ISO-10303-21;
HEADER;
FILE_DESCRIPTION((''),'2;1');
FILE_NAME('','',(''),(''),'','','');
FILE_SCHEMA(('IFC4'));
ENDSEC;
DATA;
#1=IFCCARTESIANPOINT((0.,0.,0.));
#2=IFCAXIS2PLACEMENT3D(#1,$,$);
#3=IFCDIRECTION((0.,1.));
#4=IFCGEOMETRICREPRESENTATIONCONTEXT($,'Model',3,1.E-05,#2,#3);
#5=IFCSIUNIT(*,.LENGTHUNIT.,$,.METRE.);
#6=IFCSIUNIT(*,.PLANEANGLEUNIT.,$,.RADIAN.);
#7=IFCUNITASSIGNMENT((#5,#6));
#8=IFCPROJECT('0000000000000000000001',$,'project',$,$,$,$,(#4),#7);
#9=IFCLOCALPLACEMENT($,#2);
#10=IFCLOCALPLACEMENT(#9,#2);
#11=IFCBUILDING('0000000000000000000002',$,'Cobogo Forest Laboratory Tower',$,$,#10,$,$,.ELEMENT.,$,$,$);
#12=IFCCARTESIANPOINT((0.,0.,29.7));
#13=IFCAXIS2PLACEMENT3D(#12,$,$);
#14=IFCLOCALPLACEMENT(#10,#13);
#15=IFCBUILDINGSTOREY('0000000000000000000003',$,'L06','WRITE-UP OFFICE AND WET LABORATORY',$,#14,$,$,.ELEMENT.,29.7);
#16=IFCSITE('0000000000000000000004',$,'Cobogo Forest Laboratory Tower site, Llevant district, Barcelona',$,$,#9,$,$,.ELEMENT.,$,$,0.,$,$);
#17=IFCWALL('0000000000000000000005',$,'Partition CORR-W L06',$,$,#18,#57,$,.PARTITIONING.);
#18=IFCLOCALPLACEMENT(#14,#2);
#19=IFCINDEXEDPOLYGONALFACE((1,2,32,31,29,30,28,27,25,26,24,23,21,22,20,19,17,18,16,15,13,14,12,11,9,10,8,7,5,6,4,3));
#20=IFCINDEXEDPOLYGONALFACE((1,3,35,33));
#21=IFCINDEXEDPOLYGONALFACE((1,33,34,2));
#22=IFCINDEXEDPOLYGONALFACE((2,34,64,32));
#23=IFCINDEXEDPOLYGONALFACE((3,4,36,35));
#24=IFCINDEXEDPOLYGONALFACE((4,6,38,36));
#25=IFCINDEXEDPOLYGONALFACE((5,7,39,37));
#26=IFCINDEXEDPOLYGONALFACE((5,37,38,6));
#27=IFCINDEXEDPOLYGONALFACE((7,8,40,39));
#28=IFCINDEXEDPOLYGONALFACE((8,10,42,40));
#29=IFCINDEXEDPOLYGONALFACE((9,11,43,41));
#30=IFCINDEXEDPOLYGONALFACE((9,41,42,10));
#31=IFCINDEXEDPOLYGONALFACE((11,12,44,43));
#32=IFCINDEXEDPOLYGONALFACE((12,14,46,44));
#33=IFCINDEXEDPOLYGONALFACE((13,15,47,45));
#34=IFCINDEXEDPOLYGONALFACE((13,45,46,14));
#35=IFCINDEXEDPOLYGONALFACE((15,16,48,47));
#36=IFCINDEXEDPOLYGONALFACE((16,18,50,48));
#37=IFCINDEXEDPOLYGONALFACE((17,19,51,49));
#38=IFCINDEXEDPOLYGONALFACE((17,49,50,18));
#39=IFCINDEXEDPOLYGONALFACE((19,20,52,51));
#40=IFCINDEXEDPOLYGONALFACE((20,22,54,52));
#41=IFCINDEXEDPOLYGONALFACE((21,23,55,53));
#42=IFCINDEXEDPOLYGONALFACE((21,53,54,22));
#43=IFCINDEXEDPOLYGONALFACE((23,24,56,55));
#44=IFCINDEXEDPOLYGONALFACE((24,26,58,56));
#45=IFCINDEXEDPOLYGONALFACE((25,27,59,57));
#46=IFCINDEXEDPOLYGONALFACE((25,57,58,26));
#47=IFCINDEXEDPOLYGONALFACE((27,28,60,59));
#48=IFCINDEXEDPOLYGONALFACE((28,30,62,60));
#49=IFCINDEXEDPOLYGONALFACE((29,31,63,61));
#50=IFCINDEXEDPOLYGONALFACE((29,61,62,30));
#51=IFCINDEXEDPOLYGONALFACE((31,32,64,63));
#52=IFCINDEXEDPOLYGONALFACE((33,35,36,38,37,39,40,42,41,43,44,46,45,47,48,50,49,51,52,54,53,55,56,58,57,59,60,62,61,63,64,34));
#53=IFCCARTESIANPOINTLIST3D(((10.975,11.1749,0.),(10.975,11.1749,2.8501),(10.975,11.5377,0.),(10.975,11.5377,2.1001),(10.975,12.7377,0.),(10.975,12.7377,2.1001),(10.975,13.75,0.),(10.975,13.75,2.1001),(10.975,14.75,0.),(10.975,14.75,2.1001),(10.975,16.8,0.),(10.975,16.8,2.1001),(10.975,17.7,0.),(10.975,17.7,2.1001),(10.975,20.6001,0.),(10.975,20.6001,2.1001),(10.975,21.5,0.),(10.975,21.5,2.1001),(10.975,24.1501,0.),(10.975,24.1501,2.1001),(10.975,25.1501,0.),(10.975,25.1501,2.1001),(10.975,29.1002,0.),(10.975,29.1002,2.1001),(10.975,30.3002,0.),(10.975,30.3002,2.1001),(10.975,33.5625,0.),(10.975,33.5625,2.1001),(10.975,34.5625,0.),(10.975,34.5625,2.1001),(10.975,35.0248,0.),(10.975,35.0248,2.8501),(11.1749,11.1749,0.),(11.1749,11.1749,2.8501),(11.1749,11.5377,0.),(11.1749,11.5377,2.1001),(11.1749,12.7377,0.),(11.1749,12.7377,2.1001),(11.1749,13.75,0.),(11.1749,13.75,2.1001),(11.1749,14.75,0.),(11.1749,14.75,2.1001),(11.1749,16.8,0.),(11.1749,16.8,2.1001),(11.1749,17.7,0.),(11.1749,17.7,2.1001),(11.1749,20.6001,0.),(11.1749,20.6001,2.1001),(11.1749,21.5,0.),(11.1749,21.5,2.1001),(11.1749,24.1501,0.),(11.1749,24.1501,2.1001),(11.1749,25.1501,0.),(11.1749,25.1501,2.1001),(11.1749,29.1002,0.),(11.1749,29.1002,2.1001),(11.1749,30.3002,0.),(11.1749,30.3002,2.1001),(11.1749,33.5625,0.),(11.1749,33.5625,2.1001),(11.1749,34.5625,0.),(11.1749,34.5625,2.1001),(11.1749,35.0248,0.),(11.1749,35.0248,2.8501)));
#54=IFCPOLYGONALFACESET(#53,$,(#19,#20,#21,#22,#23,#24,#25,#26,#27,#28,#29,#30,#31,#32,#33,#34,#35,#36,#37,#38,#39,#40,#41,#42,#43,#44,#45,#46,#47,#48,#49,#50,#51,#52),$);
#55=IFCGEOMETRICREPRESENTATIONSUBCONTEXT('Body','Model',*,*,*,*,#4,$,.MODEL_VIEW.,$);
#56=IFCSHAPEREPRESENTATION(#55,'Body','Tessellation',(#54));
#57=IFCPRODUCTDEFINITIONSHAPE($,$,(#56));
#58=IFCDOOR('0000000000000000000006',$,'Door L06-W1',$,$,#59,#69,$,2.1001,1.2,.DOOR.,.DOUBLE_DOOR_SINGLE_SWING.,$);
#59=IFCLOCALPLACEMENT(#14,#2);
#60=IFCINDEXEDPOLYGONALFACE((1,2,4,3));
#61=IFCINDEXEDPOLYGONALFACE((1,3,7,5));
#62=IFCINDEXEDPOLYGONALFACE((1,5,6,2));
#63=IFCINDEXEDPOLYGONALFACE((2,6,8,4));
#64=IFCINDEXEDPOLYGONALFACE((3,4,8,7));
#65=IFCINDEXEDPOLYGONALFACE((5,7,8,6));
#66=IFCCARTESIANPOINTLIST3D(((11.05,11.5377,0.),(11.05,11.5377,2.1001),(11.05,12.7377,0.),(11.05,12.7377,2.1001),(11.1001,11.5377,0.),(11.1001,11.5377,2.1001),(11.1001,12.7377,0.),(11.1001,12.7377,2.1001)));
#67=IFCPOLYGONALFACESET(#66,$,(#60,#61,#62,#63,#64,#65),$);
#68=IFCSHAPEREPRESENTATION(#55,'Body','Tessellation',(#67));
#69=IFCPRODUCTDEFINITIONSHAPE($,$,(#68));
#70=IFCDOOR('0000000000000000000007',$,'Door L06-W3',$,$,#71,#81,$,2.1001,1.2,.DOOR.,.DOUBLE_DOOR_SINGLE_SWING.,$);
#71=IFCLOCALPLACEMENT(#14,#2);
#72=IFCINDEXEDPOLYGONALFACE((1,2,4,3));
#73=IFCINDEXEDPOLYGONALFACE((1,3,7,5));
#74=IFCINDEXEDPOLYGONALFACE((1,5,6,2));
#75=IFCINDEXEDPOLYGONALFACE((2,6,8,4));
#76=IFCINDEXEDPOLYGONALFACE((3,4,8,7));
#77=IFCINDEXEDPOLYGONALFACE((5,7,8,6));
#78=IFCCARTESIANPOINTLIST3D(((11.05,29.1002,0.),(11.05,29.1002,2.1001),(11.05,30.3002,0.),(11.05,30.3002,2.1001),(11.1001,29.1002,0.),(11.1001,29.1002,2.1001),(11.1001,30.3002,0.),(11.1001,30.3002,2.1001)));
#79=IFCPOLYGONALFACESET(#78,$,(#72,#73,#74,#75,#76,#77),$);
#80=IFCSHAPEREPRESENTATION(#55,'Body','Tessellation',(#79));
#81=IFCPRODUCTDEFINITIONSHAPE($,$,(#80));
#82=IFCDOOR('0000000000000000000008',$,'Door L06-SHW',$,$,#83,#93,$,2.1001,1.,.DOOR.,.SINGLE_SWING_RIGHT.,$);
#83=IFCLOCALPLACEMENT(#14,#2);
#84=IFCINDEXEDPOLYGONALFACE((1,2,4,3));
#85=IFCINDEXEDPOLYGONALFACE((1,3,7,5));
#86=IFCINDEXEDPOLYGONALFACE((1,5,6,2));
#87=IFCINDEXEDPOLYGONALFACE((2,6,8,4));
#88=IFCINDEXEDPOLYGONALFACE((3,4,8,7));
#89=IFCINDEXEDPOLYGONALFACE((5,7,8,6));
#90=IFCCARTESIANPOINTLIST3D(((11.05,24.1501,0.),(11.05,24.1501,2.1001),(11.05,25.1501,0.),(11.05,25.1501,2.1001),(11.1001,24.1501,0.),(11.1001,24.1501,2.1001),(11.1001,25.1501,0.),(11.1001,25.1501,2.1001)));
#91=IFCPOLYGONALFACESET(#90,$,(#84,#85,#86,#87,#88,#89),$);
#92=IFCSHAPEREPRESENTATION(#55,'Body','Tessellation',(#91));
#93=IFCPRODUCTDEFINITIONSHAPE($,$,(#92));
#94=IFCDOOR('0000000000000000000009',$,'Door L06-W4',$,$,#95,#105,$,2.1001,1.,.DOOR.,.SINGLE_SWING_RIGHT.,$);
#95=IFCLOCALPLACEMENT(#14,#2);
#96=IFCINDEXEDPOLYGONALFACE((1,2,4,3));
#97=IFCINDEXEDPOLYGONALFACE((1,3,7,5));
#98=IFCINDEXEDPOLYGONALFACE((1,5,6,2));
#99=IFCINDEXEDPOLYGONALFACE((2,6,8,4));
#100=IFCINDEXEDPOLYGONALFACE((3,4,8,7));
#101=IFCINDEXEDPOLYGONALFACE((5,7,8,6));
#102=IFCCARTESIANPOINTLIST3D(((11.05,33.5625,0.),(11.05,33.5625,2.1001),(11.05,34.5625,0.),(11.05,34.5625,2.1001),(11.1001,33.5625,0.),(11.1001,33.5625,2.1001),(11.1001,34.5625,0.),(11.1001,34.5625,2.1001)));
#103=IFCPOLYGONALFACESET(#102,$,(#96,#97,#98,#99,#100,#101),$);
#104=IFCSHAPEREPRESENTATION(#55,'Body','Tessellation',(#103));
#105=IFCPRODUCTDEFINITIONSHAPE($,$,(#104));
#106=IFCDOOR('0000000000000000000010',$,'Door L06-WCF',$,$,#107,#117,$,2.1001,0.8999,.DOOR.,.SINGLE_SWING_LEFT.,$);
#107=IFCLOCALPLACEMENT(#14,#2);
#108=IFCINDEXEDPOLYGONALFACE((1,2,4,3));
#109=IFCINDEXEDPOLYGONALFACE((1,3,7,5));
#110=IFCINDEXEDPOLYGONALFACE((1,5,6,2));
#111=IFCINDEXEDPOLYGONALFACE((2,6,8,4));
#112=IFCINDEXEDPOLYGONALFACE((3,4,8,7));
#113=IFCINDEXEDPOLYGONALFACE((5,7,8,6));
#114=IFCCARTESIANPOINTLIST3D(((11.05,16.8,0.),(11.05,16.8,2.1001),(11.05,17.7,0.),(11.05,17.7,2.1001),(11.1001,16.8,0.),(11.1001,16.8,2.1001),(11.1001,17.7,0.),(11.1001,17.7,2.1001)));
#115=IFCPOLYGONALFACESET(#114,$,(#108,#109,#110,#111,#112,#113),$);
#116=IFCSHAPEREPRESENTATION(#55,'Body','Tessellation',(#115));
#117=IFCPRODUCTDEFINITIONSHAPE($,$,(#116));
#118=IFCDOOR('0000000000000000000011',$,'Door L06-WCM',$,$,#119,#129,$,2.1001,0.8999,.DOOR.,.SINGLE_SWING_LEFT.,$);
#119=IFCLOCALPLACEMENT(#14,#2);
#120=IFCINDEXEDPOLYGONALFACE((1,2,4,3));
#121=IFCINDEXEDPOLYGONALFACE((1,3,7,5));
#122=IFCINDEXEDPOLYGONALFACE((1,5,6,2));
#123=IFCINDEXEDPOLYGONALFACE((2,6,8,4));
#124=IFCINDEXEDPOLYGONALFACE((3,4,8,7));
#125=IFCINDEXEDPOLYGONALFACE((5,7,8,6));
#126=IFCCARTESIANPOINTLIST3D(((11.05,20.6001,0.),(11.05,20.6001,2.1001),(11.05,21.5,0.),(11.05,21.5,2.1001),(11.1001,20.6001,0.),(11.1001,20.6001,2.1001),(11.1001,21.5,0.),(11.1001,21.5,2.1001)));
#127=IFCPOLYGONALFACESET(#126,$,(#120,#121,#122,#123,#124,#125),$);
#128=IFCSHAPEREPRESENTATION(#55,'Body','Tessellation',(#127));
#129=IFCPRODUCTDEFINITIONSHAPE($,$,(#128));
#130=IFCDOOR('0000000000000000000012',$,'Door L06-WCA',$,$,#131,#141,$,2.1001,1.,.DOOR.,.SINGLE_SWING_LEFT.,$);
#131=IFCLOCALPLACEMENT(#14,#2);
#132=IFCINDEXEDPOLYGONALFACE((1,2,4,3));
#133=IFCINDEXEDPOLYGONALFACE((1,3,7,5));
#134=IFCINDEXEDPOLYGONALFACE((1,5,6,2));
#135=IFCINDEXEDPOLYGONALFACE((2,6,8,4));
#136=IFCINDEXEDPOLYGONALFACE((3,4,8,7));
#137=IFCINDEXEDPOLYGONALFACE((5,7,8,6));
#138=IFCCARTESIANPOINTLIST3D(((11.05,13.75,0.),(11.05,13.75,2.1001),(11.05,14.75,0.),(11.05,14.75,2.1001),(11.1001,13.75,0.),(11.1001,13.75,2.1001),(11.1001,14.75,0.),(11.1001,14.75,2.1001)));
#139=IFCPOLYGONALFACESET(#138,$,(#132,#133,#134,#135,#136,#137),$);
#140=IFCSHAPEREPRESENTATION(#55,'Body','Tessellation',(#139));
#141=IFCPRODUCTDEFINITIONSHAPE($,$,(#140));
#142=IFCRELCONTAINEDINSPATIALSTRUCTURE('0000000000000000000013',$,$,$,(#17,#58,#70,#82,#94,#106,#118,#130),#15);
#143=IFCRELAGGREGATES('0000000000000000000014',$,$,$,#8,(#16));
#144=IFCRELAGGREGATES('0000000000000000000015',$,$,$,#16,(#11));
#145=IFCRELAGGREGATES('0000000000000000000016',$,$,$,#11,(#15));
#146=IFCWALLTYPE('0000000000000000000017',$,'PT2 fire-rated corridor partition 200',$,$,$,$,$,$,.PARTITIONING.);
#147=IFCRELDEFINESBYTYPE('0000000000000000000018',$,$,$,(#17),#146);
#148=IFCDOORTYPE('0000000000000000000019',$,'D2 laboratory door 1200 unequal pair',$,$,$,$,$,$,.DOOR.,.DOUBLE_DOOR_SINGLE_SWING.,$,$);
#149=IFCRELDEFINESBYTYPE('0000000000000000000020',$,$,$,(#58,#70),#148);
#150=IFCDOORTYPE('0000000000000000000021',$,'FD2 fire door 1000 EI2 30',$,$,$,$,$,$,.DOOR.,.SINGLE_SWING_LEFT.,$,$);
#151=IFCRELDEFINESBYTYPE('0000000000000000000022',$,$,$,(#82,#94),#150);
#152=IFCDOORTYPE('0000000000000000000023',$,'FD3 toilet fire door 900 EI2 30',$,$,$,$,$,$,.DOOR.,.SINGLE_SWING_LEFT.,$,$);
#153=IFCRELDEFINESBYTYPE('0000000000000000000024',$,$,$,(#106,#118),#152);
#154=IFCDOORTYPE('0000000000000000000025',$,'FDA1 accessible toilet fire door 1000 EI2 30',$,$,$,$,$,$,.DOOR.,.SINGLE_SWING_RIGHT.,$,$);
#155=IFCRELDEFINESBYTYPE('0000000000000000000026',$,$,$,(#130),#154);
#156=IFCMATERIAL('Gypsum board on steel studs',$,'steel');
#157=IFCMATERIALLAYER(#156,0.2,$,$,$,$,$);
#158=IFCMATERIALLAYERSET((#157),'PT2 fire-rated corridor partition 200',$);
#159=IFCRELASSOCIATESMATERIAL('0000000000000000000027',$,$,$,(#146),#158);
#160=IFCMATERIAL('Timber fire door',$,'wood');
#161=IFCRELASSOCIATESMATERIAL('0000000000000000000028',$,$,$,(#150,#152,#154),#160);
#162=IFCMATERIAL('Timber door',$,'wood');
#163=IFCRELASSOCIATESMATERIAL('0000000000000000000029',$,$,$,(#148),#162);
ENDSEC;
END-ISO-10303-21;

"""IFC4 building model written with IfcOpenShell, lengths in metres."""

from ifc_helpers import new_model, si_unit, direction, frame, frame_2d, origin, place, context, subcontext, project, spatial, rectangle, extrude, material, layer, layer_set, type_object, element, fill, save


model = new_model("IFC4")

# Units and contexts
model_context = context("Model", 3, precision=1e-05, world=origin(), true_north=direction((0.0, 1.0)))
body_context = subcontext(model_context, "Body", "Model", "MODEL_VIEW")
ifc_project = project(units=[si_unit("LENGTHUNIT", "METRE"), si_unit("PLANEANGLEUNIT", "RADIAN")], contexts=[model_context])

# Site, building, storey
site_placement = place(None, origin())
site = spatial("IfcSite", under=ifc_project, at=site_placement, Name="Cobogo Forest Laboratory Tower site, Llevant district, Barcelona", CompositionType="ELEMENT", RefElevation=0.0)
building_placement = place(site_placement, origin())
building = spatial("IfcBuilding", under=site, at=building_placement, Name="Cobogo Forest Laboratory Tower", CompositionType="ELEMENT")
storey_placement = place(building_placement, frame((0.0, 0.0, 29.7)))
storey = spatial("IfcBuildingStorey", under=building, at=storey_placement, Name="L06", Description="WRITE-UP OFFICE AND WET LABORATORY", CompositionType="ELEMENT", Elevation=29.7)

# Wall, openings, doors
ifc_material_1 = material(Name="Gypsum board on steel studs", Category="steel")
ifc_layer_1 = layer(ifc_material_1, 0.2)
ifc_layer_set_1 = layer_set([ifc_layer_1], Name="PT2 fire-rated corridor partition 200")
wall_type = type_object("IfcWallType", Name="PT2 fire-rated corridor partition 200", PredefinedType="PARTITIONING", material=ifc_layer_set_1)
ifc_material_2 = material(Name="Timber fire door", Category="wood")
door_type_1 = type_object("IfcDoorType", Name="FD2 fire door 1000 EI2 30", OperationType="SINGLE_SWING_LEFT", PredefinedType="DOOR", material=ifc_material_2)
wall_1_placement = place(storey_placement, frame((11.075, 11.175, 0.0), z_axis=(0.0, 0.0, 1.0), x_axis=(0.0, 1.0, 0.0)))
wall_1 = element("IfcWall", 1, at=wall_1_placement, inside=storey, type_object=wall_type, Name="Partition CORR-W L06", PredefinedType="PARTITIONING", context=body_context, shape_type="SweptSolid", body=[
    extrude(rectangle(XDim=23.8499, YDim=0.2, at=frame_2d((11.9248, 0.0))), origin(), (0.0, 0.0, 1.0), 2.8501),
])
opening_1_placement = place(wall_1_placement, frame((0.3625, 0.0, 0.0)))
opening_1 = element("IfcOpeningElement", 2, at=opening_1_placement, cuts=wall_1, PredefinedType="OPENING", context=body_context, shape_type="SweptSolid", body=[
    extrude(rectangle(XDim=1.2, YDim=2.1001, at=frame_2d((0.6001, 1.05))), frame((0.0, 0.1099, 0.0), z_axis=(0.0, -1.0, 0.0), x_axis=(1.0, 0.0, 0.0)), (0.0, 0.0, 1.0), 0.22),
])
opening_2_placement = place(wall_1_placement, frame((2.575, 0.0, 0.0)))
opening_2 = element("IfcOpeningElement", 3, at=opening_2_placement, cuts=wall_1, PredefinedType="OPENING", context=body_context, shape_type="SweptSolid", body=[
    extrude(rectangle(XDim=1.0, YDim=2.1001, at=frame_2d((0.5, 1.05))), frame((0.0, 0.1099, 0.0), z_axis=(0.0, -1.0, 0.0), x_axis=(1.0, 0.0, 0.0)), (0.0, 0.0, 1.0), 0.22),
])
opening_3_placement = place(wall_1_placement, frame((5.625, 0.0, 0.0)))
opening_3 = element("IfcOpeningElement", 4, at=opening_3_placement, cuts=wall_1, PredefinedType="OPENING", context=body_context, shape_type="SweptSolid", body=[
    extrude(rectangle(XDim=0.8999, YDim=2.1001, at=frame_2d((0.45, 1.05))), frame((0.0, 0.1099, 0.0), z_axis=(0.0, -1.0, 0.0), x_axis=(1.0, 0.0, 0.0)), (0.0, 0.0, 1.0), 0.22),
])
opening_4_placement = place(wall_1_placement, frame((9.425, 0.0, 0.0)))
opening_4 = element("IfcOpeningElement", 5, at=opening_4_placement, cuts=wall_1, PredefinedType="OPENING", context=body_context, shape_type="SweptSolid", body=[
    extrude(rectangle(XDim=0.8999, YDim=2.1001, at=frame_2d((0.45, 1.05))), frame((0.0, 0.1099, 0.0), z_axis=(0.0, -1.0, 0.0), x_axis=(1.0, 0.0, 0.0)), (0.0, 0.0, 1.0), 0.22),
])
opening_5_placement = place(wall_1_placement, frame((12.9751, 0.0, 0.0)))
opening_5 = element("IfcOpeningElement", 6, at=opening_5_placement, cuts=wall_1, PredefinedType="OPENING", context=body_context, shape_type="SweptSolid", body=[
    extrude(rectangle(XDim=1.0, YDim=2.1001, at=frame_2d((0.5, 1.05))), frame((0.0, 0.1099, 0.0), z_axis=(0.0, -1.0, 0.0), x_axis=(1.0, 0.0, 0.0)), (0.0, 0.0, 1.0), 0.22),
])
opening_6_placement = place(wall_1_placement, frame((17.925, 0.0, 0.0)))
opening_6 = element("IfcOpeningElement", 7, at=opening_6_placement, cuts=wall_1, PredefinedType="OPENING", context=body_context, shape_type="SweptSolid", body=[
    extrude(rectangle(XDim=1.2, YDim=2.1001, at=frame_2d((0.6001, 1.05))), frame((0.0, 0.1099, 0.0), z_axis=(0.0, -1.0, 0.0), x_axis=(1.0, 0.0, 0.0)), (0.0, 0.0, 1.0), 0.22),
])
opening_7_placement = place(wall_1_placement, frame((22.3875, 0.0, 0.0)))
opening_7 = element("IfcOpeningElement", 8, at=opening_7_placement, cuts=wall_1, PredefinedType="OPENING", context=body_context, shape_type="SweptSolid", body=[
    extrude(rectangle(XDim=1.0, YDim=2.1001, at=frame_2d((0.5, 1.05))), frame((0.0, 0.1099, 0.0), z_axis=(0.0, -1.0, 0.0), x_axis=(1.0, 0.0, 0.0)), (0.0, 0.0, 1.0), 0.22),
])
ifc_material_3 = material(Name="Timber door", Category="wood")
door_type_2 = type_object("IfcDoorType", Name="D2 laboratory door 1200 unequal pair", OperationType="DOUBLE_DOOR_SINGLE_SWING", PredefinedType="DOOR", material=ifc_material_3)
door_1_placement = place(opening_1_placement, origin())
door_1 = element("IfcDoor", 9, at=door_1_placement, inside=storey, type_object=door_type_2, Name="Door L06-W1", OperationType="DOUBLE_DOOR_SINGLE_SWING", OverallHeight=2.1001, OverallWidth=1.2, PredefinedType="DOOR", context=body_context, shape_type="SweptSolid", body=[
    extrude(rectangle(XDim=1.2, YDim=2.1001, at=frame_2d((0.6001, 1.05))), frame((0.0, 0.0249, 0.0), z_axis=(0.0, -1.0, 0.0), x_axis=(1.0, 0.0, 0.0)), (0.0, 0.0, 1.0), 0.05),
])
fill(opening_1, door_1)
door_2_placement = place(opening_6_placement, origin())
door_2 = element("IfcDoor", 10, at=door_2_placement, inside=storey, type_object=door_type_2, Name="Door L06-W3", OperationType="DOUBLE_DOOR_SINGLE_SWING", OverallHeight=2.1001, OverallWidth=1.2, PredefinedType="DOOR", context=body_context, shape_type="SweptSolid", body=[
    extrude(rectangle(XDim=1.2, YDim=2.1001, at=frame_2d((0.6001, 1.05))), frame((0.0, 0.0249, 0.0), z_axis=(0.0, -1.0, 0.0), x_axis=(1.0, 0.0, 0.0)), (0.0, 0.0, 1.0), 0.05),
])
fill(opening_6, door_2)
door_3_placement = place(opening_5_placement, origin())
door_3 = element("IfcDoor", 11, at=door_3_placement, inside=storey, type_object=door_type_1, Name="Door L06-SHW", OperationType="SINGLE_SWING_RIGHT", OverallHeight=2.1001, OverallWidth=1.0, PredefinedType="DOOR", context=body_context, shape_type="SweptSolid", body=[
    extrude(rectangle(XDim=1.0, YDim=2.1001, at=frame_2d((0.5, 1.05))), frame((0.0, 0.0249, 0.0), z_axis=(0.0, -1.0, 0.0), x_axis=(1.0, 0.0, 0.0)), (0.0, 0.0, 1.0), 0.05),
])
fill(opening_5, door_3)
door_4_placement = place(opening_7_placement, origin())
door_4 = element("IfcDoor", 12, at=door_4_placement, inside=storey, type_object=door_type_1, Name="Door L06-W4", OperationType="SINGLE_SWING_RIGHT", OverallHeight=2.1001, OverallWidth=1.0, PredefinedType="DOOR", context=body_context, shape_type="SweptSolid", body=[
    extrude(rectangle(XDim=1.0, YDim=2.1001, at=frame_2d((0.5, 1.05))), frame((0.0, 0.0249, 0.0), z_axis=(0.0, -1.0, 0.0), x_axis=(1.0, 0.0, 0.0)), (0.0, 0.0, 1.0), 0.05),
])
fill(opening_7, door_4)
door_type_3 = type_object("IfcDoorType", Name="FD3 toilet fire door 900 EI2 30", OperationType="SINGLE_SWING_LEFT", PredefinedType="DOOR", material=ifc_material_2)
door_5_placement = place(opening_3_placement, origin())
door_5 = element("IfcDoor", 13, at=door_5_placement, inside=storey, type_object=door_type_3, Name="Door L06-WCF", OperationType="SINGLE_SWING_LEFT", OverallHeight=2.1001, OverallWidth=0.8999, PredefinedType="DOOR", context=body_context, shape_type="SweptSolid", body=[
    extrude(rectangle(XDim=0.8999, YDim=2.1001, at=frame_2d((0.45, 1.05))), frame((0.0, 0.0249, 0.0), z_axis=(0.0, -1.0, 0.0), x_axis=(1.0, 0.0, 0.0)), (0.0, 0.0, 1.0), 0.05),
])
fill(opening_3, door_5)
door_6_placement = place(opening_4_placement, origin())
door_6 = element("IfcDoor", 14, at=door_6_placement, inside=storey, type_object=door_type_3, Name="Door L06-WCM", OperationType="SINGLE_SWING_LEFT", OverallHeight=2.1001, OverallWidth=0.8999, PredefinedType="DOOR", context=body_context, shape_type="SweptSolid", body=[
    extrude(rectangle(XDim=0.8999, YDim=2.1001, at=frame_2d((0.45, 1.05))), frame((0.0, 0.0249, 0.0), z_axis=(0.0, -1.0, 0.0), x_axis=(1.0, 0.0, 0.0)), (0.0, 0.0, 1.0), 0.05),
])
fill(opening_4, door_6)
door_type_4 = type_object("IfcDoorType", Name="FDA1 accessible toilet fire door 1000 EI2 30", OperationType="SINGLE_SWING_RIGHT", PredefinedType="DOOR", material=ifc_material_2)
door_7_placement = place(opening_2_placement, origin())
door_7 = element("IfcDoor", 15, at=door_7_placement, inside=storey, type_object=door_type_4, Name="Door L06-WCA", OperationType="SINGLE_SWING_LEFT", OverallHeight=2.1001, OverallWidth=1.0, PredefinedType="DOOR", context=body_context, shape_type="SweptSolid", body=[
    extrude(rectangle(XDim=1.0, YDim=2.1001, at=frame_2d((0.5, 1.05))), frame((0.0, 0.0249, 0.0), z_axis=(0.0, -1.0, 0.0), x_axis=(1.0, 0.0, 0.0)), (0.0, 0.0, 1.0), 0.05),
])
fill(opening_2, door_7)

save(model, "model.ifc")
